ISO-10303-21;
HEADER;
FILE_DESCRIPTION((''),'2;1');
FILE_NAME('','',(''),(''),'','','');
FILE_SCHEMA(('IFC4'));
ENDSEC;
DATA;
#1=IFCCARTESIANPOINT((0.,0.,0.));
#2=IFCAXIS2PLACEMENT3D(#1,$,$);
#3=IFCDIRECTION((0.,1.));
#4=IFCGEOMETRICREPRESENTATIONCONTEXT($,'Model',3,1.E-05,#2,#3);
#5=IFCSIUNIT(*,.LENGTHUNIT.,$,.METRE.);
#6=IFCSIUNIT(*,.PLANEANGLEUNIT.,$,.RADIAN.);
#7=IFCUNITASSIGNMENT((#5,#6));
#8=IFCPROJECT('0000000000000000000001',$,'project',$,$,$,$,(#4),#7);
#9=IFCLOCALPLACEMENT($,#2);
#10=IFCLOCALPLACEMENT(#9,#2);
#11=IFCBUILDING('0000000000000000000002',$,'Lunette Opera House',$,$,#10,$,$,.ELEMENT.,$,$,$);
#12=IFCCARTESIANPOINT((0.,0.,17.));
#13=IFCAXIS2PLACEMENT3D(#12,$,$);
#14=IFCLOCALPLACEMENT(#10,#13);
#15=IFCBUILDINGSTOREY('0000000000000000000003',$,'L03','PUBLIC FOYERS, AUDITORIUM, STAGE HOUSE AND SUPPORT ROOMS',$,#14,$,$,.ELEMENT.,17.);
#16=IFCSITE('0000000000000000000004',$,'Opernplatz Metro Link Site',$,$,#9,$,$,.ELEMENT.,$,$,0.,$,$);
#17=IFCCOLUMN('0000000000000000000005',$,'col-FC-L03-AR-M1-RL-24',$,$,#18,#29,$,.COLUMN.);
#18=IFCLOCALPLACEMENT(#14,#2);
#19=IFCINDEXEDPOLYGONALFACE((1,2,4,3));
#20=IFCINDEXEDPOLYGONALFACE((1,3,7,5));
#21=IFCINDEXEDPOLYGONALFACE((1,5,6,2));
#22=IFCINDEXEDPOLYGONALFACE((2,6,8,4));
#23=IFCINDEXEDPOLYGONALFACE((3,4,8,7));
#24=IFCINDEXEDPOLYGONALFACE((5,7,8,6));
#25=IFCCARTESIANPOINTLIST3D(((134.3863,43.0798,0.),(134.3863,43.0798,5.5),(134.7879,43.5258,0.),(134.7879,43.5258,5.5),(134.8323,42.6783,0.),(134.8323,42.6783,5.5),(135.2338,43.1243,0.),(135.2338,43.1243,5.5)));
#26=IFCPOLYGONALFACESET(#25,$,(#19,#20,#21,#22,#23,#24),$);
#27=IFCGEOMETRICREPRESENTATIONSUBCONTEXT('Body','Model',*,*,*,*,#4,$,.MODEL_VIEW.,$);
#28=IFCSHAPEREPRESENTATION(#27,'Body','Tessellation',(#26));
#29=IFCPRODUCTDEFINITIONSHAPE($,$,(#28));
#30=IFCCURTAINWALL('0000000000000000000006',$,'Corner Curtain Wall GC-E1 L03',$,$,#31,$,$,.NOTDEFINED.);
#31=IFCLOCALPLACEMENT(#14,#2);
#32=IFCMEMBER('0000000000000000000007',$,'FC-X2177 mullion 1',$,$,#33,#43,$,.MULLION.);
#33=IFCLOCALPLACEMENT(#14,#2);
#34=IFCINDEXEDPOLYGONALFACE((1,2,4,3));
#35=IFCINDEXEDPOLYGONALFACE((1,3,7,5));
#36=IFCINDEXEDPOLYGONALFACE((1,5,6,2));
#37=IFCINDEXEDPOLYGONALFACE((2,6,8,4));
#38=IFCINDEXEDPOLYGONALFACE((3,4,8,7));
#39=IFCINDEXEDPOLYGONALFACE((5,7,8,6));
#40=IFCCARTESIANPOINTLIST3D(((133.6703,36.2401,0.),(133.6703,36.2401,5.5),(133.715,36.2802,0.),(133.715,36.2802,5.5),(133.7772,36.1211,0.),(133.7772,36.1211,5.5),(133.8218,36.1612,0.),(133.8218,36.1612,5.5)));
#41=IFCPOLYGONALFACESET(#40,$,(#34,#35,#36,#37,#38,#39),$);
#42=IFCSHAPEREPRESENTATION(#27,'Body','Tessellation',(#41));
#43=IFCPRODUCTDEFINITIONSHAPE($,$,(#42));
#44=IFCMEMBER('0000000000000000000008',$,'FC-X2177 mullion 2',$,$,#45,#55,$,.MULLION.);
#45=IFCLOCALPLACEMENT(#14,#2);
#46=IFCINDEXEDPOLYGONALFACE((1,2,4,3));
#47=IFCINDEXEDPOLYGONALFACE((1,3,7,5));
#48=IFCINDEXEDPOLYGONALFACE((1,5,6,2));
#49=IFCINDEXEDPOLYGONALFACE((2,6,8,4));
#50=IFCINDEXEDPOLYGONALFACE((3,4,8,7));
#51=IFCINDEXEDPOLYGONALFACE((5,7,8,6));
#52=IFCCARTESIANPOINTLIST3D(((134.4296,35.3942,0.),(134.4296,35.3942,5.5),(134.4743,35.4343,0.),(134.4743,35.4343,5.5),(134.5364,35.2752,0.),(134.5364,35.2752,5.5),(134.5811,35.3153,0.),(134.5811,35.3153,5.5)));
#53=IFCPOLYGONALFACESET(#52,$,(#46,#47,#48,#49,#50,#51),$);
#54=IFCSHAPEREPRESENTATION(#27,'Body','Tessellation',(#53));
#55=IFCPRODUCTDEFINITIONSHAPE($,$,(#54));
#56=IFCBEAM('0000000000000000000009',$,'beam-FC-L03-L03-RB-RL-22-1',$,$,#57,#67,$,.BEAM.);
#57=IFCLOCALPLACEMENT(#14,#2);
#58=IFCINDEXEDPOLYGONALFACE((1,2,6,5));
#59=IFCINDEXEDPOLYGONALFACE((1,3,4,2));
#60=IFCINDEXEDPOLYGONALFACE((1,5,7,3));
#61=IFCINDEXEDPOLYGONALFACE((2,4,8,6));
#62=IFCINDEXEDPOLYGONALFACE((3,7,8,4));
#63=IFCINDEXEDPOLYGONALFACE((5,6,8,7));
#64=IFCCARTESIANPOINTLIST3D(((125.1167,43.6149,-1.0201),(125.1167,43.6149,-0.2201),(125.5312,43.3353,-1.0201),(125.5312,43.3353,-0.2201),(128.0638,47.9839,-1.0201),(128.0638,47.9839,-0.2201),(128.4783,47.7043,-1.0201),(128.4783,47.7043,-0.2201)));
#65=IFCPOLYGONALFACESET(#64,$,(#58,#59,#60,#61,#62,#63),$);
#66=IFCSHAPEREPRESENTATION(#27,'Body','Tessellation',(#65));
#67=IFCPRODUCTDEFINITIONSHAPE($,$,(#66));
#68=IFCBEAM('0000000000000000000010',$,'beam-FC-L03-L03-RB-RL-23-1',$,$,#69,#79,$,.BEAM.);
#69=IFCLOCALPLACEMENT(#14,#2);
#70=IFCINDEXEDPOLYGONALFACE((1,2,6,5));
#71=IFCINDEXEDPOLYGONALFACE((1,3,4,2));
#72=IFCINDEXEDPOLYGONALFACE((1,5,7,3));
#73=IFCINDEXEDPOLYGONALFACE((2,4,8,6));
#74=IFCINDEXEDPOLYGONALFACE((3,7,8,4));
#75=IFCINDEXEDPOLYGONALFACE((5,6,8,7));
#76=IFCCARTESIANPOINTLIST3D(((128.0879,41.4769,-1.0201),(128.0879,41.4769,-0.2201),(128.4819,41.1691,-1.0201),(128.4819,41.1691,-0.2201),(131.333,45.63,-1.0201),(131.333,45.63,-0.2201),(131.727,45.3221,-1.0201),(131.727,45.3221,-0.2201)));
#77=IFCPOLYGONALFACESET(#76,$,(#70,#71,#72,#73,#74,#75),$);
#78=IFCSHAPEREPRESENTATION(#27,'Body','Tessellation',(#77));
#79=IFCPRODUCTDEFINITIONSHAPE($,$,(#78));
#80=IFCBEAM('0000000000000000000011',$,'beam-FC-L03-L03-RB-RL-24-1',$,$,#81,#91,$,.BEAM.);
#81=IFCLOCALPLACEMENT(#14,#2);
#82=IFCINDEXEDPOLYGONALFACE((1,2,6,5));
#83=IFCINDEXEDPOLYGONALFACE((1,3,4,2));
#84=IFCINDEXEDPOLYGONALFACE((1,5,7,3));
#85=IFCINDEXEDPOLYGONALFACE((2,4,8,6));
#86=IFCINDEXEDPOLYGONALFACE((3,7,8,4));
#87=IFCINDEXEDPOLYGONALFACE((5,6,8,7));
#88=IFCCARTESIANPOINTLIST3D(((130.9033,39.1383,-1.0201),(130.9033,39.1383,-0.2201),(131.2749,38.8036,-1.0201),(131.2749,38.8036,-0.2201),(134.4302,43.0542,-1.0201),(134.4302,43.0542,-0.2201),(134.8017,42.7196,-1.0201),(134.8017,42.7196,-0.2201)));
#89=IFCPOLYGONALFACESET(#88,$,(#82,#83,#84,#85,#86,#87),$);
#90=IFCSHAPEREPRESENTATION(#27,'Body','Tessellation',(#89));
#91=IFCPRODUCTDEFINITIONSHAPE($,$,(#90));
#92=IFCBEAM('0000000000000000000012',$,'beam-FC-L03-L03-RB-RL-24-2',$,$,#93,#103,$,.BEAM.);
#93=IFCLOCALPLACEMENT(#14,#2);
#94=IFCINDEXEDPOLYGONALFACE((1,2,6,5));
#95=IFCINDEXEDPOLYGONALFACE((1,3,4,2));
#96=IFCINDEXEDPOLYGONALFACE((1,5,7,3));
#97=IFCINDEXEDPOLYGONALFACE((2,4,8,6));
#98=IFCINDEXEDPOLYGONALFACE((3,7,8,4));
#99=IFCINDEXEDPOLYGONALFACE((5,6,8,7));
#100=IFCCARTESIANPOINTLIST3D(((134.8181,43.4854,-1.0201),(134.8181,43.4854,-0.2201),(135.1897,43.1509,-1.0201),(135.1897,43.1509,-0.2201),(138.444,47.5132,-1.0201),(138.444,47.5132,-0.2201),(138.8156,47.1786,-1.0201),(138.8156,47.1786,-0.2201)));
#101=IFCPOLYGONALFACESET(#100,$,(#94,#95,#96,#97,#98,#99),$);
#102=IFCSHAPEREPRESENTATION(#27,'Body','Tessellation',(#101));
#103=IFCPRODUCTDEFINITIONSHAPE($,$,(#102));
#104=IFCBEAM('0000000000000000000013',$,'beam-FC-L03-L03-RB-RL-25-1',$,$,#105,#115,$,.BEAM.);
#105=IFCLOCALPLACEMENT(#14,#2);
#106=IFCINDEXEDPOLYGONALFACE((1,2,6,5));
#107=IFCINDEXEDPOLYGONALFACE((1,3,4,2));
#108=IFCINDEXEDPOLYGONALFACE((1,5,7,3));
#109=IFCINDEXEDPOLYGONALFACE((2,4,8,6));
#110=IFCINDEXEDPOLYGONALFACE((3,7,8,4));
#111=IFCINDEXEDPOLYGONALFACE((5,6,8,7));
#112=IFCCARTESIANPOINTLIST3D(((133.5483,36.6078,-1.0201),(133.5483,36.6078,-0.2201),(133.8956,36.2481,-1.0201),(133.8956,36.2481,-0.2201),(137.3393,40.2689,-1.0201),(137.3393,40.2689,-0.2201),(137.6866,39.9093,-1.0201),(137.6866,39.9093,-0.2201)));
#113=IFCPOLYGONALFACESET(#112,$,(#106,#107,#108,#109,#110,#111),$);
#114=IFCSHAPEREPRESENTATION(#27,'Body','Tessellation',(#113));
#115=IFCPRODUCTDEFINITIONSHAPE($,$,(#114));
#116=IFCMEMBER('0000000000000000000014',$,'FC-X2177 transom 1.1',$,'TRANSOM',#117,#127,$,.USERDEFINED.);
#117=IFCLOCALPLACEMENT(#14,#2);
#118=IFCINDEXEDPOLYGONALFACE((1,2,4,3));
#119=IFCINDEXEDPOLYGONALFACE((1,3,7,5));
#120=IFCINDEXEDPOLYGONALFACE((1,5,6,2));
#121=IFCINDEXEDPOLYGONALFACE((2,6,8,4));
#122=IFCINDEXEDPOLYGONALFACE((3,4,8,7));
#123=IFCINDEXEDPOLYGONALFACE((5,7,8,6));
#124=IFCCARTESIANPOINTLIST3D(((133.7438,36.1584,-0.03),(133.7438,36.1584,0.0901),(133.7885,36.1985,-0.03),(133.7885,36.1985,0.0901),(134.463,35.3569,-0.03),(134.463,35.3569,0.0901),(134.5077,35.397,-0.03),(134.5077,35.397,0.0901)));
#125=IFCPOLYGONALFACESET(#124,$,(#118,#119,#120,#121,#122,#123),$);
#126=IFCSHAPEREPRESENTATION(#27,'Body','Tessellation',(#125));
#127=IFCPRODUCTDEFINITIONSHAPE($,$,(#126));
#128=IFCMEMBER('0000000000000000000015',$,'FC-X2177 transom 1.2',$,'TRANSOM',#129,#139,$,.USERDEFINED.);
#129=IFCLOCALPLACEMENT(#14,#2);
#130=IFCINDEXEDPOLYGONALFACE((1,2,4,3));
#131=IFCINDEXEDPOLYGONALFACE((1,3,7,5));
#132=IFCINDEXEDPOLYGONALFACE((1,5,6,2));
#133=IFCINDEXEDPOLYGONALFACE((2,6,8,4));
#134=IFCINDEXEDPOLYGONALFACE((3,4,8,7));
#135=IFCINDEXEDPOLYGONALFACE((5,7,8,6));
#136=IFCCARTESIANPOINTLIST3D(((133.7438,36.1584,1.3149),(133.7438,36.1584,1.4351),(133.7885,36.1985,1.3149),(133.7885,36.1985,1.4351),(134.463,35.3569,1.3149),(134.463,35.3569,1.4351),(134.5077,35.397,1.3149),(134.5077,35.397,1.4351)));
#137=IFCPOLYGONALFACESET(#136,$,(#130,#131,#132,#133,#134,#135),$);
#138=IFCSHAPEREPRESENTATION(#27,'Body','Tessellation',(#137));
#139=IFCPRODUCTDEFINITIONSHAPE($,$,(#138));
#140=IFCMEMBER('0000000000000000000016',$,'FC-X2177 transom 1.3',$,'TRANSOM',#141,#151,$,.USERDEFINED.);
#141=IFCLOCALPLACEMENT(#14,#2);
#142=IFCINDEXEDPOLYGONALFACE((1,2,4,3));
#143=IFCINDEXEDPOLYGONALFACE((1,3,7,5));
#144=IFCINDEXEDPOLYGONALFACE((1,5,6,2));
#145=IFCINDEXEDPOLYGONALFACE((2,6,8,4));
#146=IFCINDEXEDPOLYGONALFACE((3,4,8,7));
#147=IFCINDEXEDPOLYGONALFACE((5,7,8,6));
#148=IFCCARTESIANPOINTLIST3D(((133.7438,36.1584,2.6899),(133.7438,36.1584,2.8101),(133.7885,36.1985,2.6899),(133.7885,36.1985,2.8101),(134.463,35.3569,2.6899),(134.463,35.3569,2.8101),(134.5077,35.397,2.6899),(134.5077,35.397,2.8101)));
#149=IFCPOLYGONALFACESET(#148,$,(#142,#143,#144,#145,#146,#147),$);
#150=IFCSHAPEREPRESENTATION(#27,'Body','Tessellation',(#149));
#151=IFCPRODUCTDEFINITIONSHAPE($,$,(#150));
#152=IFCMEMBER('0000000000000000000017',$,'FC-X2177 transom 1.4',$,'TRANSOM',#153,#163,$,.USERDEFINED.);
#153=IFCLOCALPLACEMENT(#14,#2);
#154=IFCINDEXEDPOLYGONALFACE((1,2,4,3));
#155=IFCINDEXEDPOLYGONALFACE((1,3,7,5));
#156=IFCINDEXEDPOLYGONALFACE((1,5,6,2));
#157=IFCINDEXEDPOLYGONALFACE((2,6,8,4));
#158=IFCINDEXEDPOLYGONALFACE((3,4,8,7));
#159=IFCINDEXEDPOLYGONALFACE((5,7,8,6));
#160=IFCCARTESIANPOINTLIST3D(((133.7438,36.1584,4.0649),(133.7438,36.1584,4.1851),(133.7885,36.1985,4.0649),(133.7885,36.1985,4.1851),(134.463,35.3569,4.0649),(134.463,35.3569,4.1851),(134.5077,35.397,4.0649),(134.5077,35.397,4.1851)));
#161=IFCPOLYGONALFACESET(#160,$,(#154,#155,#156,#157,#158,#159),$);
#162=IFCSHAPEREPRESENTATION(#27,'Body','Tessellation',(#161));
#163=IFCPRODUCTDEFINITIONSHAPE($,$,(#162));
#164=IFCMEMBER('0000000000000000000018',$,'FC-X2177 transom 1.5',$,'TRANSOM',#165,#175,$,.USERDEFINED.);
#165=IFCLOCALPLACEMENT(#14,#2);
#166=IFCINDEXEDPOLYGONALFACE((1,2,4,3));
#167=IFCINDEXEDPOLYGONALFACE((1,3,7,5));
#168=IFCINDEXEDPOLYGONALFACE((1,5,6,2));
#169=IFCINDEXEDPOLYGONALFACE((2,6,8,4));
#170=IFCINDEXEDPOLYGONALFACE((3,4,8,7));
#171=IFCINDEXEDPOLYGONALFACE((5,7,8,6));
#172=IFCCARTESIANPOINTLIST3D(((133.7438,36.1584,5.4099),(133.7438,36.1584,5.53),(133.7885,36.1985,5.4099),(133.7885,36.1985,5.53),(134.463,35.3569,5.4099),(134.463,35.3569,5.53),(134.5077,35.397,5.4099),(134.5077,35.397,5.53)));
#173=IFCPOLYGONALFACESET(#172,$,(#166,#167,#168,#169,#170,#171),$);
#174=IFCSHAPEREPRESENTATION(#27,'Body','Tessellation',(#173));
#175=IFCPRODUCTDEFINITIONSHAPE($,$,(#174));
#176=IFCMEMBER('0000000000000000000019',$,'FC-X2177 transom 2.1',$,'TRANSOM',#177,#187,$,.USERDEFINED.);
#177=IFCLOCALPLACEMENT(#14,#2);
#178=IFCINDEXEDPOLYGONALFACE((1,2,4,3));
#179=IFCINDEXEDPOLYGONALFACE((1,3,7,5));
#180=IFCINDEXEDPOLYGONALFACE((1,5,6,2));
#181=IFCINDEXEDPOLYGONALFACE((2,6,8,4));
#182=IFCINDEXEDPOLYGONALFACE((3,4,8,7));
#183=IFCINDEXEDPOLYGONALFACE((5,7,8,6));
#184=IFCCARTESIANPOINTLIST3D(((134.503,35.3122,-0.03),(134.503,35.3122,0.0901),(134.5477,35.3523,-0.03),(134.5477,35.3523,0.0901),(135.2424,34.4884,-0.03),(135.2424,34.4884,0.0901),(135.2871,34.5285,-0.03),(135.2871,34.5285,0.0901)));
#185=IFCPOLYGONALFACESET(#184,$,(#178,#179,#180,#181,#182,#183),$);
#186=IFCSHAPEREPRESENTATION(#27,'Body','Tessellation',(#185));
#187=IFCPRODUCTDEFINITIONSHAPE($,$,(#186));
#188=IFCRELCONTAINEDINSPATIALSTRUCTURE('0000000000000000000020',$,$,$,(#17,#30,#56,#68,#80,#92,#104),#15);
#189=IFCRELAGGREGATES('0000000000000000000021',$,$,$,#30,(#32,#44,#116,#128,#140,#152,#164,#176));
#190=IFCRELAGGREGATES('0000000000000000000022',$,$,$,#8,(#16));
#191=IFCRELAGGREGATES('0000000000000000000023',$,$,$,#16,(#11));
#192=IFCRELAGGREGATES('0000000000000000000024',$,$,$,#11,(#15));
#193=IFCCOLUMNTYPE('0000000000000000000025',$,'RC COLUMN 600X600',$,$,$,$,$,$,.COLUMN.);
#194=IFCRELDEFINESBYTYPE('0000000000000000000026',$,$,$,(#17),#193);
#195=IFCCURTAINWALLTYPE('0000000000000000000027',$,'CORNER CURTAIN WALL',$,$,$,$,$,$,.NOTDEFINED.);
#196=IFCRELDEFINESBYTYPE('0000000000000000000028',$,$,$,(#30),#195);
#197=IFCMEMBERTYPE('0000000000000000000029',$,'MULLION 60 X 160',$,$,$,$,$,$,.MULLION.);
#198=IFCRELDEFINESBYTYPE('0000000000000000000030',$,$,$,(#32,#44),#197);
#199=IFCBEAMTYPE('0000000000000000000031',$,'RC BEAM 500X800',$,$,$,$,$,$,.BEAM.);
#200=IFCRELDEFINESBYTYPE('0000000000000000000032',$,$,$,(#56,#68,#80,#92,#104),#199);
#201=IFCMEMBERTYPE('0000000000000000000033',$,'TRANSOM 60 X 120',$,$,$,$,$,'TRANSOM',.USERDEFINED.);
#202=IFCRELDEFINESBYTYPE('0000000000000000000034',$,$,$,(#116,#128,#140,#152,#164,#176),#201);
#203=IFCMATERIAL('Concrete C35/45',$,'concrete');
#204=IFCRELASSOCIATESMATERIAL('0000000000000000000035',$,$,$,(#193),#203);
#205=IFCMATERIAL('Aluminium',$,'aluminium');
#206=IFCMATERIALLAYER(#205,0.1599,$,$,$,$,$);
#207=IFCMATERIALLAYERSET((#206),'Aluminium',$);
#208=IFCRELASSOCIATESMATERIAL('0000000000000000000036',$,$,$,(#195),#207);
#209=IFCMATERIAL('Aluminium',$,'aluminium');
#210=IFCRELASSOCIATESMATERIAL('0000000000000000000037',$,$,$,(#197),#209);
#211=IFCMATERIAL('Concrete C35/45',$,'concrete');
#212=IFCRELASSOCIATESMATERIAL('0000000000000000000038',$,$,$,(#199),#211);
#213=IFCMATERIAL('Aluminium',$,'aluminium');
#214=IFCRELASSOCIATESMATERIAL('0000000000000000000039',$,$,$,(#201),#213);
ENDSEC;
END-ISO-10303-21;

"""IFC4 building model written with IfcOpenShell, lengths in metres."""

from ifc_helpers import new_model, si_unit, direction, frame, origin, origin_2d, place, context, subcontext, project, spatial, rectangle, extrude, material, layer, layer_set, material_profile, profile_set, type_object, element, aggregate, save


model = new_model("IFC4")

# Units and contexts
model_context = context("Model", 3, precision=1e-05, world=origin(), true_north=direction((0.0, 1.0)))
body_context = subcontext(model_context, "Body", "Model", "MODEL_VIEW")
ifc_project = project(units=[si_unit("LENGTHUNIT", "METRE"), si_unit("PLANEANGLEUNIT", "RADIAN")], contexts=[model_context])

# Site, building, storey
site_placement = place(None, origin())
site = spatial("IfcSite", under=ifc_project, at=site_placement, Name="Opernplatz Metro Link Site", CompositionType="ELEMENT", RefElevation=0.0)
building_placement = place(site_placement, origin())
building = spatial("IfcBuilding", under=site, at=building_placement, Name="Lunette Opera House", CompositionType="ELEMENT")
storey_placement = place(building_placement, frame((0.0, 0.0, 17.0)))
storey = spatial("IfcBuildingStorey", under=building, at=storey_placement, Name="L03", Description="PUBLIC FOYERS, AUDITORIUM, STAGE HOUSE AND SUPPORT ROOMS", CompositionType="ELEMENT", Elevation=17.0)

# Column
ifc_material_1 = material(Name="Concrete C35/45", Category="concrete")
ifc_material_profile_1 = material_profile(ifc_material_1, rectangle(XDim=0.6001, YDim=0.6001, at=origin_2d()), Name="RC COLUMN 600X600")
ifc_profile_set_1 = profile_set([ifc_material_profile_1], Name="Concrete C35/45")
column_type = type_object("IfcColumnType", Name="RC COLUMN 600X600", PredefinedType="COLUMN", material=ifc_profile_set_1)
column_placement = place(storey_placement, frame((134.8101, 43.1021, 0.0), z_axis=(0.0, 0.0, 1.0), x_axis=(0.743145, -0.669131, 0.0)))
element("IfcColumn", 1, at=column_placement, inside=storey, type_object=column_type, Name="col-FC-L03-AR-M1-RL-24", PredefinedType="COLUMN", context=body_context, shape_type="SweptSolid", body=[
    extrude(rectangle(XDim=0.6001, YDim=0.6001, at=origin_2d()), origin(), (0.0, 0.0, 1.0), 5.5),
])

# Curtain wall, members
ifc_material_2 = material(Name="Aluminium", Category="aluminium")
ifc_layer_1 = layer(ifc_material_2, 0.1599)
ifc_layer_set_1 = layer_set([ifc_layer_1], Name="Aluminium")
curtain_wall_type = type_object("IfcCurtainWallType", Name="CORNER CURTAIN WALL", PredefinedType="NOTDEFINED", material=ifc_layer_set_1)
curtain_wall_placement = place(storey_placement, origin())
curtain_wall = element("IfcCurtainWall", 2, at=curtain_wall_placement, inside=storey, type_object=curtain_wall_type, Name="Corner Curtain Wall GC-E1 L03", PredefinedType="NOTDEFINED")
ifc_material_3 = material(Name="Aluminium", Category="aluminium")
ifc_material_profile_2 = material_profile(ifc_material_3, rectangle(XDim=0.0601, YDim=0.1599, at=origin_2d()), Name="MULLION 60 X 160")
ifc_profile_set_2 = profile_set([ifc_material_profile_2], Name="Aluminium")
member_type_1 = type_object("IfcMemberType", Name="MULLION 60 X 160", PredefinedType="MULLION", material=ifc_profile_set_2)
member_1_placement = place(storey_placement, frame((133.7461, 36.2007, 0.0), z_axis=(0.0, 0.0, 1.0), x_axis=(0.744217, 0.667938, 0.0)))
member_1 = element("IfcMember", 3, at=member_1_placement, type_object=member_type_1, Name="FC-X2177 mullion 1", PredefinedType="MULLION", context=body_context, shape_type="SweptSolid", body=[
    extrude(rectangle(XDim=0.0601, YDim=0.1599, at=origin_2d()), origin(), (0.0, 0.0, 1.0), 5.5),
])
member_2_placement = place(storey_placement, frame((134.5054, 35.3547, 0.0), z_axis=(0.0, 0.0, 1.0), x_axis=(0.744217, 0.667938, 0.0)))
member_2 = element("IfcMember", 4, at=member_2_placement, type_object=member_type_1, Name="FC-X2177 mullion 2", PredefinedType="MULLION", context=body_context, shape_type="SweptSolid", body=[
    extrude(rectangle(XDim=0.0601, YDim=0.1599, at=origin_2d()), origin(), (0.0, 0.0, 1.0), 5.5),
])

# Beams
ifc_material_4 = material(Name="Concrete C35/45", Category="concrete")
ifc_material_profile_3 = material_profile(ifc_material_4, rectangle(XDim=0.5, YDim=0.8, at=origin_2d()), Name="RC BEAM 500X800")
ifc_profile_set_3 = profile_set([ifc_material_profile_3], Name="Concrete C35/45")
beam_type = type_object("IfcBeamType", Name="RC BEAM 500X800", PredefinedType="BEAM", material=ifc_profile_set_3)
beam_1_placement = place(storey_placement, frame((125.324, 43.4751, -0.6201), z_axis=(0.559214, 0.829023, 0.0), x_axis=(-0.829023, 0.559214, 0.0)))
element("IfcBeam", 5, at=beam_1_placement, inside=storey, type_object=beam_type, Name="beam-FC-L03-L03-RB-RL-22-1", PredefinedType="BEAM", context=body_context, shape_type="SweptSolid", body=[
    extrude(rectangle(XDim=0.5, YDim=0.8, at=origin_2d()), origin(), (0.0, 0.0, 1.0), 5.27),
])
beam_2_placement = place(storey_placement, frame((128.2849, 41.323, -0.6201), z_axis=(0.615706, 0.787976, 0.0), x_axis=(-0.787976, 0.615706, 0.0)))
element("IfcBeam", 6, at=beam_2_placement, inside=storey, type_object=beam_type, Name="beam-FC-L03-L03-RB-RL-23-1", PredefinedType="BEAM", context=body_context, shape_type="SweptSolid", body=[
    extrude(rectangle(XDim=0.5, YDim=0.8, at=origin_2d()), origin(), (0.0, 0.0, 1.0), 5.2705),
])
beam_3_placement = place(storey_placement, frame((131.0891, 38.9709, -0.6201), z_axis=(0.669221, 0.743064, 0.0), x_axis=(-0.743064, 0.669221, 0.0)))
element("IfcBeam", 7, at=beam_3_placement, inside=storey, type_object=beam_type, Name="beam-FC-L03-L03-RB-RL-24-1", PredefinedType="BEAM", context=body_context, shape_type="SweptSolid", body=[
    extrude(rectangle(XDim=0.5, YDim=0.8, at=origin_2d()), origin(), (0.0, 0.0, 1.0), 5.27),
])
beam_4_placement = place(storey_placement, frame((135.0039, 43.3181, -0.6201), z_axis=(0.669059, 0.743209, 0.0), x_axis=(-0.743209, 0.669059, 0.0)))
element("IfcBeam", 8, at=beam_4_placement, inside=storey, type_object=beam_type, Name="beam-FC-L03-L03-RB-RL-24-2", PredefinedType="BEAM", context=body_context, shape_type="SweptSolid", body=[
    extrude(rectangle(XDim=0.5, YDim=0.8, at=origin_2d()), origin(), (0.0, 0.0, 1.0), 5.4194),
])
beam_5_placement = place(storey_placement, frame((133.7219, 36.428, -0.6201), z_axis=(0.719322, 0.694677, 0.0), x_axis=(-0.694677, 0.719322, 0.0)))
element("IfcBeam", 9, at=beam_5_placement, inside=storey, type_object=beam_type, Name="beam-FC-L03-L03-RB-RL-25-1", PredefinedType="BEAM", context=body_context, shape_type="SweptSolid", body=[
    extrude(rectangle(XDim=0.5, YDim=0.8, at=origin_2d()), origin(), (0.0, 0.0, 1.0), 5.2703),
])

# Members
ifc_material_5 = material(Name="Aluminium", Category="aluminium")
ifc_material_profile_4 = material_profile(ifc_material_5, rectangle(XDim=0.0601, YDim=0.1201, at=origin_2d()), Name="TRANSOM 60 X 120")
ifc_profile_set_4 = profile_set([ifc_material_profile_4], Name="Aluminium")
member_type_2 = type_object("IfcMemberType", Name="TRANSOM 60 X 120", ElementType="TRANSOM", PredefinedType="USERDEFINED", material=ifc_profile_set_4)
member_3_placement = place(storey_placement, frame((133.7661, 36.1785, 0.03), z_axis=(0.667874, -0.744274, 0.0), x_axis=(0.744274, 0.667874, 0.0)))
member_3 = element("IfcMember", 10, at=member_3_placement, type_object=member_type_2, Name="FC-X2177 transom 1.1", ObjectType="TRANSOM", PredefinedType="USERDEFINED", context=body_context, shape_type="SweptSolid", body=[
    extrude(rectangle(XDim=0.0601, YDim=0.1201, at=origin_2d()), origin(), (0.0, 0.0, 1.0), 1.0769),
])
member_4_placement = place(storey_placement, frame((133.7661, 36.1785, 1.375), z_axis=(0.667874, -0.744274, 0.0), x_axis=(0.744274, 0.667874, 0.0)))
member_4 = element("IfcMember", 11, at=member_4_placement, type_object=member_type_2, Name="FC-X2177 transom 1.2", ObjectType="TRANSOM", PredefinedType="USERDEFINED", context=body_context, shape_type="SweptSolid", body=[
    extrude(rectangle(XDim=0.0601, YDim=0.1201, at=origin_2d()), origin(), (0.0, 0.0, 1.0), 1.0769),
])
member_5_placement = place(storey_placement, frame((133.7661, 36.1785, 2.75), z_axis=(0.667874, -0.744274, 0.0), x_axis=(0.744274, 0.667874, 0.0)))
member_5 = element("IfcMember", 12, at=member_5_placement, type_object=member_type_2, Name="FC-X2177 transom 1.3", ObjectType="TRANSOM", PredefinedType="USERDEFINED", context=body_context, shape_type="SweptSolid", body=[
    extrude(rectangle(XDim=0.0601, YDim=0.1201, at=origin_2d()), origin(), (0.0, 0.0, 1.0), 1.0769),
])
member_6_placement = place(storey_placement, frame((133.7661, 36.1785, 4.125), z_axis=(0.667874, -0.744274, 0.0), x_axis=(0.744274, 0.667874, 0.0)))
member_6 = element("IfcMember", 13, at=member_6_placement, type_object=member_type_2, Name="FC-X2177 transom 1.4", ObjectType="TRANSOM", PredefinedType="USERDEFINED", context=body_context, shape_type="SweptSolid", body=[
    extrude(rectangle(XDim=0.0601, YDim=0.1201, at=origin_2d()), origin(), (0.0, 0.0, 1.0), 1.0769),
])
member_7_placement = place(storey_placement, frame((133.7661, 36.1785, 5.47), z_axis=(0.667874, -0.744274, 0.0), x_axis=(0.744274, 0.667874, 0.0)))
member_7 = element("IfcMember", 14, at=member_7_placement, type_object=member_type_2, Name="FC-X2177 transom 1.5", ObjectType="TRANSOM", PredefinedType="USERDEFINED", context=body_context, shape_type="SweptSolid", body=[
    extrude(rectangle(XDim=0.0601, YDim=0.1201, at=origin_2d()), origin(), (0.0, 0.0, 1.0), 1.0769),
])
member_8_placement = place(storey_placement, frame((134.5254, 35.3323, 0.03), z_axis=(0.667916, -0.744237, 0.0), x_axis=(0.744237, 0.667916, 0.0)))
member_8 = element("IfcMember", 15, at=member_8_placement, type_object=member_type_2, Name="FC-X2177 transom 2.1", ObjectType="TRANSOM", PredefinedType="USERDEFINED", context=body_context, shape_type="SweptSolid", body=[
    extrude(rectangle(XDim=0.0601, YDim=0.1201, at=origin_2d()), origin(), (0.0, 0.0, 1.0), 1.1069),
])

aggregate(curtain_wall, [member_1, member_2, member_3, member_4, member_5, member_6, member_7, member_8])

save(model, "model.ifc")
